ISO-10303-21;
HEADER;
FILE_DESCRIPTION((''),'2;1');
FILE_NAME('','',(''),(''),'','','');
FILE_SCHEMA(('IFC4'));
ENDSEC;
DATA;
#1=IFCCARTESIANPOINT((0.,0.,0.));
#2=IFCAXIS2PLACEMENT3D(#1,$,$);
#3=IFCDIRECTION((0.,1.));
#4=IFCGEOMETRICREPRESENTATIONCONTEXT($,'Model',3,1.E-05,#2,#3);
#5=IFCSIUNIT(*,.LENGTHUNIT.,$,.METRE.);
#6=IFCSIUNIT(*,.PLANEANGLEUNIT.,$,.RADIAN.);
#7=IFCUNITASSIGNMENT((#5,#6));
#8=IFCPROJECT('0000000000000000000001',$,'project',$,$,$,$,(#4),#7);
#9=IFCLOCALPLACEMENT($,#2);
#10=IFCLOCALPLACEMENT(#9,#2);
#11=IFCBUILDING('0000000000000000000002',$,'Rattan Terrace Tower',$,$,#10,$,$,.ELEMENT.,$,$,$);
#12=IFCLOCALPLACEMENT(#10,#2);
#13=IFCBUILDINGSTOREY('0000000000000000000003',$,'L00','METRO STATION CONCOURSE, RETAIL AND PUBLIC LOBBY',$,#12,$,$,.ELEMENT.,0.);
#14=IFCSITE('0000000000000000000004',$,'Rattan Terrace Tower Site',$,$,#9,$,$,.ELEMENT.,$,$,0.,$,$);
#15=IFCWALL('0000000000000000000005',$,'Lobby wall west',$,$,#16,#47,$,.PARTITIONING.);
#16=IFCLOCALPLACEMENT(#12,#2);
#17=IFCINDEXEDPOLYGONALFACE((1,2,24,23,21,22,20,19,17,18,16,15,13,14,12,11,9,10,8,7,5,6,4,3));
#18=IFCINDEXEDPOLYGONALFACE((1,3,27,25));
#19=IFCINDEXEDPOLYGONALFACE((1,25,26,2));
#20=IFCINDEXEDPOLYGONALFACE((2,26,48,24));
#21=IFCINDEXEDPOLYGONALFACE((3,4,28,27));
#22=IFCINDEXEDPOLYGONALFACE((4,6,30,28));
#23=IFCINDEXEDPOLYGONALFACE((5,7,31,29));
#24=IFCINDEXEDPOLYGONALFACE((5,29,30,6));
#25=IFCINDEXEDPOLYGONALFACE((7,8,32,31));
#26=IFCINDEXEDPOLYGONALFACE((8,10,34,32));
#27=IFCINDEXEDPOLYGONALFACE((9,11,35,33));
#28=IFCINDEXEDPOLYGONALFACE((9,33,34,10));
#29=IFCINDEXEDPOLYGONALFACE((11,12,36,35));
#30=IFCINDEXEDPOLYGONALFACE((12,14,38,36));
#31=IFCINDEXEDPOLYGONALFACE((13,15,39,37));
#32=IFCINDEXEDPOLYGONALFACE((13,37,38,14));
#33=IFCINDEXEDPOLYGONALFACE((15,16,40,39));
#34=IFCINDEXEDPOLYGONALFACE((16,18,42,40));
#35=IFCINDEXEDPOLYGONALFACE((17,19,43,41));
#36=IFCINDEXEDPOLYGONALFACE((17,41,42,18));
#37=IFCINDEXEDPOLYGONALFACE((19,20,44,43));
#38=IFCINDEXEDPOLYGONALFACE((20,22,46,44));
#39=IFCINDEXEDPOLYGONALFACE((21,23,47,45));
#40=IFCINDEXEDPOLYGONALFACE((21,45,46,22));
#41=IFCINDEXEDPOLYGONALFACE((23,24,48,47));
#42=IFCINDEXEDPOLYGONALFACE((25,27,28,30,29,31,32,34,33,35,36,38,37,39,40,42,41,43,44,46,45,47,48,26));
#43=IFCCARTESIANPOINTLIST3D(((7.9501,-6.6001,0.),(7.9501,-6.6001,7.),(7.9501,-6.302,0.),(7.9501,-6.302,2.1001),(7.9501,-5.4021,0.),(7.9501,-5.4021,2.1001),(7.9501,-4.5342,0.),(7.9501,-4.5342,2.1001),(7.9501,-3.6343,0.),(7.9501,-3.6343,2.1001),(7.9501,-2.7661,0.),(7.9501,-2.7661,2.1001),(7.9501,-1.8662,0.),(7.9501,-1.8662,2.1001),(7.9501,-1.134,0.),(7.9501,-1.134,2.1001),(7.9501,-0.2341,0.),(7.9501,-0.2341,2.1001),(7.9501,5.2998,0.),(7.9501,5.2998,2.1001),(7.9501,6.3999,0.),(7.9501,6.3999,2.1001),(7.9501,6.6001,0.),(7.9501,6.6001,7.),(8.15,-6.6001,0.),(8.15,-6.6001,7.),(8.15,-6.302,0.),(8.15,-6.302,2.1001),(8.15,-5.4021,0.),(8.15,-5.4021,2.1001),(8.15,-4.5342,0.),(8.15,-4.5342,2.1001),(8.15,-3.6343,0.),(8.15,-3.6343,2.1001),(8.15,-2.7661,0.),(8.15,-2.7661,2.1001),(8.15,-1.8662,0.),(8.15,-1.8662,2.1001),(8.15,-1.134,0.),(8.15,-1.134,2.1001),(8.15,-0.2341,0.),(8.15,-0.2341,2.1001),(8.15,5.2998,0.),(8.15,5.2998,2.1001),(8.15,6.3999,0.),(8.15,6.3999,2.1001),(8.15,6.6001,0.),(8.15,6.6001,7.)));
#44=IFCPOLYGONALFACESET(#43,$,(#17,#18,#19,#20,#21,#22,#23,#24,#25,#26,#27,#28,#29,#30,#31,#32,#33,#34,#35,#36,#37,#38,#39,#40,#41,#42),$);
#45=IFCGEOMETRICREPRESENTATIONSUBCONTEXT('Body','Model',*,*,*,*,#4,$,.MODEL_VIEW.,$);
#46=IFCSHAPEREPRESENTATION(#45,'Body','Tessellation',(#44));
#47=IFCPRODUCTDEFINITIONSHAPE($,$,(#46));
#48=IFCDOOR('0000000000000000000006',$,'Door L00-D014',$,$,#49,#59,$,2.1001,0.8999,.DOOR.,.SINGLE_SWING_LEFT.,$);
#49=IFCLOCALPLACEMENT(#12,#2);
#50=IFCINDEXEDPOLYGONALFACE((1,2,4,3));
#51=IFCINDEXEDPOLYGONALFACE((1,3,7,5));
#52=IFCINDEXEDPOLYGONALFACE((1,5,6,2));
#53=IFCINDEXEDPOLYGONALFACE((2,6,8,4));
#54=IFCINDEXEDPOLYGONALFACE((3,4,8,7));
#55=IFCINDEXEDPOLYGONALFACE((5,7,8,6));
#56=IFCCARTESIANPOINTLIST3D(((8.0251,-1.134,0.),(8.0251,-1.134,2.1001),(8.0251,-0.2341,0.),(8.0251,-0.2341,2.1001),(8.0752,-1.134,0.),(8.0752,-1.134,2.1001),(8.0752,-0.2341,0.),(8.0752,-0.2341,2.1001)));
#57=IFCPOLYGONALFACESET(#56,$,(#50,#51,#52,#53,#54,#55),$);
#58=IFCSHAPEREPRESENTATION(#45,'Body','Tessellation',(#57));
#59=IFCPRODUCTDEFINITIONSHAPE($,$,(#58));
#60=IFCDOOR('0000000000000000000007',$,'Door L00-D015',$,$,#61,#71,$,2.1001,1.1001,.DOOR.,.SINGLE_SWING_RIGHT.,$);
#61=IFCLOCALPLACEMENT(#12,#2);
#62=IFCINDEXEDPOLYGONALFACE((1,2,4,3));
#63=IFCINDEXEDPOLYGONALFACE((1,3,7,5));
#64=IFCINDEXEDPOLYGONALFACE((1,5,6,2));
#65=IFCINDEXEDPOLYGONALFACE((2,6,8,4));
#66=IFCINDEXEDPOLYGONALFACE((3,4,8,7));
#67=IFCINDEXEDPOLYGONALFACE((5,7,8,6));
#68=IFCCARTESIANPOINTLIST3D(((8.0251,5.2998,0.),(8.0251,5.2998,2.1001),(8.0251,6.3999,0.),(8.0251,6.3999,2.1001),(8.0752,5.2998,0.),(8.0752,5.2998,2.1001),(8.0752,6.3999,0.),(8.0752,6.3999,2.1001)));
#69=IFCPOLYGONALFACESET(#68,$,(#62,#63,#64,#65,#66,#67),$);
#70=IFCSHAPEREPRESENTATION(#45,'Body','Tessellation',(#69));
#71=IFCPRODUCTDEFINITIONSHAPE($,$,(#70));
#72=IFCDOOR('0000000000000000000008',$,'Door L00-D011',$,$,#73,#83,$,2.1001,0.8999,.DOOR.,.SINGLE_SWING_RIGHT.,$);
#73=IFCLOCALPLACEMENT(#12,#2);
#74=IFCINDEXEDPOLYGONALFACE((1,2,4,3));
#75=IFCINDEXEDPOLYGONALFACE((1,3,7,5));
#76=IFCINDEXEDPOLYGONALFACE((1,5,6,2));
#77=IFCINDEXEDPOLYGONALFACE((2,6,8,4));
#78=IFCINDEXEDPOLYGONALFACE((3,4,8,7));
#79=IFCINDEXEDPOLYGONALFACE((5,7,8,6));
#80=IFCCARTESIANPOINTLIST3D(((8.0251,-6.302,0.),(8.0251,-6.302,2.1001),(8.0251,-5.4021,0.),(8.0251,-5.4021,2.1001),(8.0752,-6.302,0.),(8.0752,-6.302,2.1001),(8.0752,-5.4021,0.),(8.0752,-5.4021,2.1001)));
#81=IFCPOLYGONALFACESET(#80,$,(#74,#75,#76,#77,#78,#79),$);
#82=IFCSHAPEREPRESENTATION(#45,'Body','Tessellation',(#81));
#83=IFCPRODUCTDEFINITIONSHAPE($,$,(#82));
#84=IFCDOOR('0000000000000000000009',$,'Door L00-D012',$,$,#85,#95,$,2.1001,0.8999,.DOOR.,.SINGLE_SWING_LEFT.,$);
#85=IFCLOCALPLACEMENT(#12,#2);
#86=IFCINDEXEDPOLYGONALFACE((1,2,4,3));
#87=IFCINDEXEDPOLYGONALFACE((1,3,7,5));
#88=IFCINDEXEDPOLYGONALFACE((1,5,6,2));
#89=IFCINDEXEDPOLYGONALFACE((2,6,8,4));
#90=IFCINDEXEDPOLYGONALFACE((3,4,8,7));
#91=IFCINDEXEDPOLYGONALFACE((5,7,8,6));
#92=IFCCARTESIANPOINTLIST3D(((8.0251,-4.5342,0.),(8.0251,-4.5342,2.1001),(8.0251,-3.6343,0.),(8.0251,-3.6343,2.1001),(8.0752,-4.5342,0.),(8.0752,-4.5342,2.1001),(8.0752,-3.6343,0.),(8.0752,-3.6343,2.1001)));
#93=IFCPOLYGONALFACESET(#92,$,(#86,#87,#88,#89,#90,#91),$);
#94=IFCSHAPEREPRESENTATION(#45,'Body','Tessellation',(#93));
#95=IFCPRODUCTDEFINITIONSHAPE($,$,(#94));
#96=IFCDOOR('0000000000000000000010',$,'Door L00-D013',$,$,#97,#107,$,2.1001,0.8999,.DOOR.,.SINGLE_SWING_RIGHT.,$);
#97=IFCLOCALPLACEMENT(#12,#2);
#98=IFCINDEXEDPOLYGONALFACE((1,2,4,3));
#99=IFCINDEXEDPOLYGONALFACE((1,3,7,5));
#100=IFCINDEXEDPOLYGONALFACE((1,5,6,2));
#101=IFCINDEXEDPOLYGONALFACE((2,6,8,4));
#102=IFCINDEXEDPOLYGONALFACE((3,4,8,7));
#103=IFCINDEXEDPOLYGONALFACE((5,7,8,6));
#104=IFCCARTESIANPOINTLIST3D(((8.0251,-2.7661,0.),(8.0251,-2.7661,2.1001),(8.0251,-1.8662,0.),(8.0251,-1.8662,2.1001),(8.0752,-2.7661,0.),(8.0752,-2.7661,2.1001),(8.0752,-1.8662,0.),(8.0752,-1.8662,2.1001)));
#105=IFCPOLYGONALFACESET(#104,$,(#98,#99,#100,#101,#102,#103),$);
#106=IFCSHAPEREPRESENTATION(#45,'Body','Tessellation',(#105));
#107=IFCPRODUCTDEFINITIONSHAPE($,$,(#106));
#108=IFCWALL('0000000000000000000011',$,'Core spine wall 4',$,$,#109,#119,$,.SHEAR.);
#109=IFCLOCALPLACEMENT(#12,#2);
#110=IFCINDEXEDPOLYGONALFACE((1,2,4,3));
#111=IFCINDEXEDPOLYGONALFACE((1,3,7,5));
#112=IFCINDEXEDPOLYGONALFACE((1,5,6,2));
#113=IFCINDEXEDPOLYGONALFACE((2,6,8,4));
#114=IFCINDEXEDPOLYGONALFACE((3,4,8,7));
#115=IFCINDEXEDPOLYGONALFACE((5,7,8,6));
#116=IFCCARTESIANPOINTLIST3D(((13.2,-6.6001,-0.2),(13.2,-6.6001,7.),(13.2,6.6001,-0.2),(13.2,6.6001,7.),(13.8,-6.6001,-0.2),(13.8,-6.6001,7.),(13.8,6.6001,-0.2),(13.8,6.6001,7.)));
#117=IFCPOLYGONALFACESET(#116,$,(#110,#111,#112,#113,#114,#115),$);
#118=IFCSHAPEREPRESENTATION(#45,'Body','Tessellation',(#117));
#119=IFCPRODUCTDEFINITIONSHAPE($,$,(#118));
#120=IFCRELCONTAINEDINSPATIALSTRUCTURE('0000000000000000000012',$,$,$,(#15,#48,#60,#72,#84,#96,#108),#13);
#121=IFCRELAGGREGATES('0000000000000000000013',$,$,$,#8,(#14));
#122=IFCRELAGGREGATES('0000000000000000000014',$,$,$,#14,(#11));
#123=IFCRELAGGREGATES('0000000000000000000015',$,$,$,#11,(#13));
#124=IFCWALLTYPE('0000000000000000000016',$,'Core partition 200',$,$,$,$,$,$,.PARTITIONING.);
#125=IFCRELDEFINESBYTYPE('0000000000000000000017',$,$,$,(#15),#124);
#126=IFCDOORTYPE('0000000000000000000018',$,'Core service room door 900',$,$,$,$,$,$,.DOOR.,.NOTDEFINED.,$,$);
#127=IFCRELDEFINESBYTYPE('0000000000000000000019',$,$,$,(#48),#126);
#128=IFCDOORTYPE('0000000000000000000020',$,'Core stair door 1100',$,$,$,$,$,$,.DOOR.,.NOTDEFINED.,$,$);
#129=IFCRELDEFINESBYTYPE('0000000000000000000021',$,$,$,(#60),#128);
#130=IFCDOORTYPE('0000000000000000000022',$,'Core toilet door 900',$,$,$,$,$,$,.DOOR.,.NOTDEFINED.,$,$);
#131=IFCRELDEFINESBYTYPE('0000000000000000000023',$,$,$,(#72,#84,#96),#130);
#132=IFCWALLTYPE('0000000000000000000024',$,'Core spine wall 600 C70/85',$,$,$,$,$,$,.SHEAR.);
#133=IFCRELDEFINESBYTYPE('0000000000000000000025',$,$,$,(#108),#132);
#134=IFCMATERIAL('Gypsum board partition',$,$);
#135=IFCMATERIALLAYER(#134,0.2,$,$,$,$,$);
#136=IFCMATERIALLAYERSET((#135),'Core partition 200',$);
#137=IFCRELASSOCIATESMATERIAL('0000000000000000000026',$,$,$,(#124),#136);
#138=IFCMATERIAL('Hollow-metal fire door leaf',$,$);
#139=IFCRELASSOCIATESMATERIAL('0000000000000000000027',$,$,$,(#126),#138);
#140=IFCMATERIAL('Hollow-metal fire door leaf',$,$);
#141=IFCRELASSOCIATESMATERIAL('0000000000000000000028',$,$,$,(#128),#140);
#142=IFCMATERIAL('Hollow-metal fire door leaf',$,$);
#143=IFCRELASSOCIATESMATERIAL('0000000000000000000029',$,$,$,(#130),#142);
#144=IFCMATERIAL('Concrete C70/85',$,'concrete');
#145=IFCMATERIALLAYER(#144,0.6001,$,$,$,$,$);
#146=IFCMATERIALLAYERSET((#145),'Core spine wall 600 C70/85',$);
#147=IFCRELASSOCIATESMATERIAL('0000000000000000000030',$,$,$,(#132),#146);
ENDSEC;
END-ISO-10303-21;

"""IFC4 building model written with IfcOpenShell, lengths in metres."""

from ifc_helpers import new_model, si_unit, direction, frame, frame_2d, origin, place, context, subcontext, project, spatial, rectangle, extrude, material, layer, layer_set, type_object, element, fill, save


model = new_model("IFC4")

# Units and contexts
model_context = context("Model", 3, precision=1e-05, world=origin(), true_north=direction((0.0, 1.0)))
body_context = subcontext(model_context, "Body", "Model", "MODEL_VIEW")
ifc_project = project(units=[si_unit("LENGTHUNIT", "METRE"), si_unit("PLANEANGLEUNIT", "RADIAN")], contexts=[model_context])

# Site, building, storey
site_placement = place(None, origin())
site = spatial("IfcSite", under=ifc_project, at=site_placement, Name="Rattan Terrace Tower Site", CompositionType="ELEMENT", RefElevation=0.0)
building_placement = place(site_placement, origin())
building = spatial("IfcBuilding", under=site, at=building_placement, Name="Rattan Terrace Tower", CompositionType="ELEMENT")
storey_placement = place(building_placement, origin())
storey = spatial("IfcBuildingStorey", under=building, at=storey_placement, Name="L00", Description="METRO STATION CONCOURSE, RETAIL AND PUBLIC LOBBY", CompositionType="ELEMENT", Elevation=0.0)

# Wall, openings, doors
ifc_material_1 = material(Name="Gypsum board partition")
ifc_layer_1 = layer(ifc_material_1, 0.2)
ifc_layer_set_1 = layer_set([ifc_layer_1], Name="Core partition 200")
wall_type_1 = type_object("IfcWallType", Name="Core partition 200", PredefinedType="PARTITIONING", material=ifc_layer_set_1)
wall_1_placement = place(storey_placement, frame((8.05, -6.6001, 0.0), z_axis=(0.0, 0.0, 1.0), x_axis=(0.0, 1.0, 0.0)))
wall_1 = element("IfcWall", 1, at=wall_1_placement, inside=storey, type_object=wall_type_1, Name="Lobby wall west", PredefinedType="PARTITIONING", context=body_context, shape_type="SweptSolid", body=[
    extrude(rectangle(XDim=13.2002, YDim=0.2, at=frame_2d((6.6001, 0.0))), origin(), (0.0, 0.0, 1.0), 7.0),
])
opening_1_placement = place(wall_1_placement, frame((0.2981, 0.0, 0.0)))
opening_1 = element("IfcOpeningElement", 2, at=opening_1_placement, cuts=wall_1, PredefinedType="OPENING", context=body_context, shape_type="SweptSolid", body=[
    extrude(rectangle(XDim=0.8999, YDim=2.1001, at=frame_2d((0.45, 1.05))), frame((0.0, 0.1106, 0.0), z_axis=(0.0, -1.0, 0.0), x_axis=(1.0, 0.0, 0.0)), (0.0, 0.0, 1.0), 0.2209),
])
opening_2_placement = place(wall_1_placement, frame((2.0659, 0.0, 0.0)))
opening_2 = element("IfcOpeningElement", 3, at=opening_2_placement, cuts=wall_1, PredefinedType="OPENING", context=body_context, shape_type="SweptSolid", body=[
    extrude(rectangle(XDim=0.8999, YDim=2.1001, at=frame_2d((0.45, 1.05))), frame((0.0, 0.1106, 0.0), z_axis=(0.0, -1.0, 0.0), x_axis=(1.0, 0.0, 0.0)), (0.0, 0.0, 1.0), 0.2209),
])
opening_3_placement = place(wall_1_placement, frame((3.834, 0.0, 0.0)))
opening_3 = element("IfcOpeningElement", 4, at=opening_3_placement, cuts=wall_1, PredefinedType="OPENING", context=body_context, shape_type="SweptSolid", body=[
    extrude(rectangle(XDim=0.8999, YDim=2.1001, at=frame_2d((0.45, 1.05))), frame((0.0, 0.1106, 0.0), z_axis=(0.0, -1.0, 0.0), x_axis=(1.0, 0.0, 0.0)), (0.0, 0.0, 1.0), 0.2209),
])
opening_4_placement = place(wall_1_placement, frame((5.4661, 0.0, 0.0)))
opening_4 = element("IfcOpeningElement", 5, at=opening_4_placement, cuts=wall_1, PredefinedType="OPENING", context=body_context, shape_type="SweptSolid", body=[
    extrude(rectangle(XDim=0.8999, YDim=2.1001, at=frame_2d((0.45, 1.05))), frame((0.0, 0.1106, 0.0), z_axis=(0.0, -1.0, 0.0), x_axis=(1.0, 0.0, 0.0)), (0.0, 0.0, 1.0), 0.2209),
])
opening_5_placement = place(wall_1_placement, frame((11.8999, 0.0, 0.0)))
opening_5 = element("IfcOpeningElement", 6, at=opening_5_placement, cuts=wall_1, PredefinedType="OPENING", context=body_context, shape_type="SweptSolid", body=[
    extrude(rectangle(XDim=1.1001, YDim=2.1001, at=frame_2d((0.55, 1.05))), frame((0.0, 0.1106, 0.0), z_axis=(0.0, -1.0, 0.0), x_axis=(1.0, 0.0, 0.0)), (0.0, 0.0, 1.0), 0.2209),
])
ifc_material_2 = material(Name="Hollow-metal fire door leaf")
door_type_1 = type_object("IfcDoorType", Name="Core service room door 900", OperationType="NOTDEFINED", PredefinedType="DOOR", material=ifc_material_2)
door_1_placement = place(opening_4_placement, origin())
door_1 = element("IfcDoor", 7, at=door_1_placement, inside=storey, type_object=door_type_1, Name="Door L00-D014", OperationType="SINGLE_SWING_LEFT", OverallHeight=2.1001, OverallWidth=0.8999, PredefinedType="DOOR", context=body_context, shape_type="SweptSolid", body=[
    extrude(rectangle(XDim=0.8999, YDim=2.1001, at=frame_2d((0.45, 1.05))), frame((0.0, 0.0249, 0.0), z_axis=(0.0, -1.0, 0.0), x_axis=(1.0, 0.0, 0.0)), (0.0, 0.0, 1.0), 0.05),
])
fill(opening_4, door_1)
ifc_material_3 = material(Name="Hollow-metal fire door leaf")
door_type_2 = type_object("IfcDoorType", Name="Core stair door 1100", OperationType="NOTDEFINED", PredefinedType="DOOR", material=ifc_material_3)
door_2_placement = place(opening_5_placement, origin())
door_2 = element("IfcDoor", 8, at=door_2_placement, inside=storey, type_object=door_type_2, Name="Door L00-D015", OperationType="SINGLE_SWING_RIGHT", OverallHeight=2.1001, OverallWidth=1.1001, PredefinedType="DOOR", context=body_context, shape_type="SweptSolid", body=[
    extrude(rectangle(XDim=1.1001, YDim=2.1001, at=frame_2d((0.55, 1.05))), frame((0.0, 0.0249, 0.0), z_axis=(0.0, -1.0, 0.0), x_axis=(1.0, 0.0, 0.0)), (0.0, 0.0, 1.0), 0.05),
])
fill(opening_5, door_2)
ifc_material_4 = material(Name="Hollow-metal fire door leaf")
door_type_3 = type_object("IfcDoorType", Name="Core toilet door 900", OperationType="NOTDEFINED", PredefinedType="DOOR", material=ifc_material_4)
door_3_placement = place(opening_1_placement, origin())
door_3 = element("IfcDoor", 9, at=door_3_placement, inside=storey, type_object=door_type_3, Name="Door L00-D011", OperationType="SINGLE_SWING_RIGHT", OverallHeight=2.1001, OverallWidth=0.8999, PredefinedType="DOOR", context=body_context, shape_type="SweptSolid", body=[
    extrude(rectangle(XDim=0.8999, YDim=2.1001, at=frame_2d((0.45, 1.05))), frame((0.0, 0.0249, 0.0), z_axis=(0.0, -1.0, 0.0), x_axis=(1.0, 0.0, 0.0)), (0.0, 0.0, 1.0), 0.05),
])
fill(opening_1, door_3)
door_4_placement = place(opening_2_placement, origin())
door_4 = element("IfcDoor", 10, at=door_4_placement, inside=storey, type_object=door_type_3, Name="Door L00-D012", OperationType="SINGLE_SWING_LEFT", OverallHeight=2.1001, OverallWidth=0.8999, PredefinedType="DOOR", context=body_context, shape_type="SweptSolid", body=[
    extrude(rectangle(XDim=0.8999, YDim=2.1001, at=frame_2d((0.45, 1.05))), frame((0.0, 0.0249, 0.0), z_axis=(0.0, -1.0, 0.0), x_axis=(1.0, 0.0, 0.0)), (0.0, 0.0, 1.0), 0.05),
])
fill(opening_2, door_4)
door_5_placement = place(opening_3_placement, origin())
door_5 = element("IfcDoor", 11, at=door_5_placement, inside=storey, type_object=door_type_3, Name="Door L00-D013", OperationType="SINGLE_SWING_RIGHT", OverallHeight=2.1001, OverallWidth=0.8999, PredefinedType="DOOR", context=body_context, shape_type="SweptSolid", body=[
    extrude(rectangle(XDim=0.8999, YDim=2.1001, at=frame_2d((0.45, 1.05))), frame((0.0, 0.0249, 0.0), z_axis=(0.0, -1.0, 0.0), x_axis=(1.0, 0.0, 0.0)), (0.0, 0.0, 1.0), 0.05),
])
fill(opening_3, door_5)

# Wall
ifc_material_5 = material(Name="Concrete C70/85", Category="concrete")
ifc_layer_2 = layer(ifc_material_5, 0.6001)
ifc_layer_set_2 = layer_set([ifc_layer_2], Name="Core spine wall 600 C70/85")
wall_type_2 = type_object("IfcWallType", Name="Core spine wall 600 C70/85", PredefinedType="SHEAR", material=ifc_layer_set_2)
wall_2_placement = place(storey_placement, frame((13.5, -6.6001, -0.2), z_axis=(0.0, 0.0, 1.0), x_axis=(0.0, 1.0, 0.0)))
element("IfcWall", 12, at=wall_2_placement, inside=storey, type_object=wall_type_2, Name="Core spine wall 4", PredefinedType="SHEAR", context=body_context, shape_type="SweptSolid", body=[
    extrude(rectangle(XDim=13.2002, YDim=0.6001, at=frame_2d((6.6001, 0.0))), origin(), (0.0, 0.0, 1.0), 7.2),
])

save(model, "model.ifc")
